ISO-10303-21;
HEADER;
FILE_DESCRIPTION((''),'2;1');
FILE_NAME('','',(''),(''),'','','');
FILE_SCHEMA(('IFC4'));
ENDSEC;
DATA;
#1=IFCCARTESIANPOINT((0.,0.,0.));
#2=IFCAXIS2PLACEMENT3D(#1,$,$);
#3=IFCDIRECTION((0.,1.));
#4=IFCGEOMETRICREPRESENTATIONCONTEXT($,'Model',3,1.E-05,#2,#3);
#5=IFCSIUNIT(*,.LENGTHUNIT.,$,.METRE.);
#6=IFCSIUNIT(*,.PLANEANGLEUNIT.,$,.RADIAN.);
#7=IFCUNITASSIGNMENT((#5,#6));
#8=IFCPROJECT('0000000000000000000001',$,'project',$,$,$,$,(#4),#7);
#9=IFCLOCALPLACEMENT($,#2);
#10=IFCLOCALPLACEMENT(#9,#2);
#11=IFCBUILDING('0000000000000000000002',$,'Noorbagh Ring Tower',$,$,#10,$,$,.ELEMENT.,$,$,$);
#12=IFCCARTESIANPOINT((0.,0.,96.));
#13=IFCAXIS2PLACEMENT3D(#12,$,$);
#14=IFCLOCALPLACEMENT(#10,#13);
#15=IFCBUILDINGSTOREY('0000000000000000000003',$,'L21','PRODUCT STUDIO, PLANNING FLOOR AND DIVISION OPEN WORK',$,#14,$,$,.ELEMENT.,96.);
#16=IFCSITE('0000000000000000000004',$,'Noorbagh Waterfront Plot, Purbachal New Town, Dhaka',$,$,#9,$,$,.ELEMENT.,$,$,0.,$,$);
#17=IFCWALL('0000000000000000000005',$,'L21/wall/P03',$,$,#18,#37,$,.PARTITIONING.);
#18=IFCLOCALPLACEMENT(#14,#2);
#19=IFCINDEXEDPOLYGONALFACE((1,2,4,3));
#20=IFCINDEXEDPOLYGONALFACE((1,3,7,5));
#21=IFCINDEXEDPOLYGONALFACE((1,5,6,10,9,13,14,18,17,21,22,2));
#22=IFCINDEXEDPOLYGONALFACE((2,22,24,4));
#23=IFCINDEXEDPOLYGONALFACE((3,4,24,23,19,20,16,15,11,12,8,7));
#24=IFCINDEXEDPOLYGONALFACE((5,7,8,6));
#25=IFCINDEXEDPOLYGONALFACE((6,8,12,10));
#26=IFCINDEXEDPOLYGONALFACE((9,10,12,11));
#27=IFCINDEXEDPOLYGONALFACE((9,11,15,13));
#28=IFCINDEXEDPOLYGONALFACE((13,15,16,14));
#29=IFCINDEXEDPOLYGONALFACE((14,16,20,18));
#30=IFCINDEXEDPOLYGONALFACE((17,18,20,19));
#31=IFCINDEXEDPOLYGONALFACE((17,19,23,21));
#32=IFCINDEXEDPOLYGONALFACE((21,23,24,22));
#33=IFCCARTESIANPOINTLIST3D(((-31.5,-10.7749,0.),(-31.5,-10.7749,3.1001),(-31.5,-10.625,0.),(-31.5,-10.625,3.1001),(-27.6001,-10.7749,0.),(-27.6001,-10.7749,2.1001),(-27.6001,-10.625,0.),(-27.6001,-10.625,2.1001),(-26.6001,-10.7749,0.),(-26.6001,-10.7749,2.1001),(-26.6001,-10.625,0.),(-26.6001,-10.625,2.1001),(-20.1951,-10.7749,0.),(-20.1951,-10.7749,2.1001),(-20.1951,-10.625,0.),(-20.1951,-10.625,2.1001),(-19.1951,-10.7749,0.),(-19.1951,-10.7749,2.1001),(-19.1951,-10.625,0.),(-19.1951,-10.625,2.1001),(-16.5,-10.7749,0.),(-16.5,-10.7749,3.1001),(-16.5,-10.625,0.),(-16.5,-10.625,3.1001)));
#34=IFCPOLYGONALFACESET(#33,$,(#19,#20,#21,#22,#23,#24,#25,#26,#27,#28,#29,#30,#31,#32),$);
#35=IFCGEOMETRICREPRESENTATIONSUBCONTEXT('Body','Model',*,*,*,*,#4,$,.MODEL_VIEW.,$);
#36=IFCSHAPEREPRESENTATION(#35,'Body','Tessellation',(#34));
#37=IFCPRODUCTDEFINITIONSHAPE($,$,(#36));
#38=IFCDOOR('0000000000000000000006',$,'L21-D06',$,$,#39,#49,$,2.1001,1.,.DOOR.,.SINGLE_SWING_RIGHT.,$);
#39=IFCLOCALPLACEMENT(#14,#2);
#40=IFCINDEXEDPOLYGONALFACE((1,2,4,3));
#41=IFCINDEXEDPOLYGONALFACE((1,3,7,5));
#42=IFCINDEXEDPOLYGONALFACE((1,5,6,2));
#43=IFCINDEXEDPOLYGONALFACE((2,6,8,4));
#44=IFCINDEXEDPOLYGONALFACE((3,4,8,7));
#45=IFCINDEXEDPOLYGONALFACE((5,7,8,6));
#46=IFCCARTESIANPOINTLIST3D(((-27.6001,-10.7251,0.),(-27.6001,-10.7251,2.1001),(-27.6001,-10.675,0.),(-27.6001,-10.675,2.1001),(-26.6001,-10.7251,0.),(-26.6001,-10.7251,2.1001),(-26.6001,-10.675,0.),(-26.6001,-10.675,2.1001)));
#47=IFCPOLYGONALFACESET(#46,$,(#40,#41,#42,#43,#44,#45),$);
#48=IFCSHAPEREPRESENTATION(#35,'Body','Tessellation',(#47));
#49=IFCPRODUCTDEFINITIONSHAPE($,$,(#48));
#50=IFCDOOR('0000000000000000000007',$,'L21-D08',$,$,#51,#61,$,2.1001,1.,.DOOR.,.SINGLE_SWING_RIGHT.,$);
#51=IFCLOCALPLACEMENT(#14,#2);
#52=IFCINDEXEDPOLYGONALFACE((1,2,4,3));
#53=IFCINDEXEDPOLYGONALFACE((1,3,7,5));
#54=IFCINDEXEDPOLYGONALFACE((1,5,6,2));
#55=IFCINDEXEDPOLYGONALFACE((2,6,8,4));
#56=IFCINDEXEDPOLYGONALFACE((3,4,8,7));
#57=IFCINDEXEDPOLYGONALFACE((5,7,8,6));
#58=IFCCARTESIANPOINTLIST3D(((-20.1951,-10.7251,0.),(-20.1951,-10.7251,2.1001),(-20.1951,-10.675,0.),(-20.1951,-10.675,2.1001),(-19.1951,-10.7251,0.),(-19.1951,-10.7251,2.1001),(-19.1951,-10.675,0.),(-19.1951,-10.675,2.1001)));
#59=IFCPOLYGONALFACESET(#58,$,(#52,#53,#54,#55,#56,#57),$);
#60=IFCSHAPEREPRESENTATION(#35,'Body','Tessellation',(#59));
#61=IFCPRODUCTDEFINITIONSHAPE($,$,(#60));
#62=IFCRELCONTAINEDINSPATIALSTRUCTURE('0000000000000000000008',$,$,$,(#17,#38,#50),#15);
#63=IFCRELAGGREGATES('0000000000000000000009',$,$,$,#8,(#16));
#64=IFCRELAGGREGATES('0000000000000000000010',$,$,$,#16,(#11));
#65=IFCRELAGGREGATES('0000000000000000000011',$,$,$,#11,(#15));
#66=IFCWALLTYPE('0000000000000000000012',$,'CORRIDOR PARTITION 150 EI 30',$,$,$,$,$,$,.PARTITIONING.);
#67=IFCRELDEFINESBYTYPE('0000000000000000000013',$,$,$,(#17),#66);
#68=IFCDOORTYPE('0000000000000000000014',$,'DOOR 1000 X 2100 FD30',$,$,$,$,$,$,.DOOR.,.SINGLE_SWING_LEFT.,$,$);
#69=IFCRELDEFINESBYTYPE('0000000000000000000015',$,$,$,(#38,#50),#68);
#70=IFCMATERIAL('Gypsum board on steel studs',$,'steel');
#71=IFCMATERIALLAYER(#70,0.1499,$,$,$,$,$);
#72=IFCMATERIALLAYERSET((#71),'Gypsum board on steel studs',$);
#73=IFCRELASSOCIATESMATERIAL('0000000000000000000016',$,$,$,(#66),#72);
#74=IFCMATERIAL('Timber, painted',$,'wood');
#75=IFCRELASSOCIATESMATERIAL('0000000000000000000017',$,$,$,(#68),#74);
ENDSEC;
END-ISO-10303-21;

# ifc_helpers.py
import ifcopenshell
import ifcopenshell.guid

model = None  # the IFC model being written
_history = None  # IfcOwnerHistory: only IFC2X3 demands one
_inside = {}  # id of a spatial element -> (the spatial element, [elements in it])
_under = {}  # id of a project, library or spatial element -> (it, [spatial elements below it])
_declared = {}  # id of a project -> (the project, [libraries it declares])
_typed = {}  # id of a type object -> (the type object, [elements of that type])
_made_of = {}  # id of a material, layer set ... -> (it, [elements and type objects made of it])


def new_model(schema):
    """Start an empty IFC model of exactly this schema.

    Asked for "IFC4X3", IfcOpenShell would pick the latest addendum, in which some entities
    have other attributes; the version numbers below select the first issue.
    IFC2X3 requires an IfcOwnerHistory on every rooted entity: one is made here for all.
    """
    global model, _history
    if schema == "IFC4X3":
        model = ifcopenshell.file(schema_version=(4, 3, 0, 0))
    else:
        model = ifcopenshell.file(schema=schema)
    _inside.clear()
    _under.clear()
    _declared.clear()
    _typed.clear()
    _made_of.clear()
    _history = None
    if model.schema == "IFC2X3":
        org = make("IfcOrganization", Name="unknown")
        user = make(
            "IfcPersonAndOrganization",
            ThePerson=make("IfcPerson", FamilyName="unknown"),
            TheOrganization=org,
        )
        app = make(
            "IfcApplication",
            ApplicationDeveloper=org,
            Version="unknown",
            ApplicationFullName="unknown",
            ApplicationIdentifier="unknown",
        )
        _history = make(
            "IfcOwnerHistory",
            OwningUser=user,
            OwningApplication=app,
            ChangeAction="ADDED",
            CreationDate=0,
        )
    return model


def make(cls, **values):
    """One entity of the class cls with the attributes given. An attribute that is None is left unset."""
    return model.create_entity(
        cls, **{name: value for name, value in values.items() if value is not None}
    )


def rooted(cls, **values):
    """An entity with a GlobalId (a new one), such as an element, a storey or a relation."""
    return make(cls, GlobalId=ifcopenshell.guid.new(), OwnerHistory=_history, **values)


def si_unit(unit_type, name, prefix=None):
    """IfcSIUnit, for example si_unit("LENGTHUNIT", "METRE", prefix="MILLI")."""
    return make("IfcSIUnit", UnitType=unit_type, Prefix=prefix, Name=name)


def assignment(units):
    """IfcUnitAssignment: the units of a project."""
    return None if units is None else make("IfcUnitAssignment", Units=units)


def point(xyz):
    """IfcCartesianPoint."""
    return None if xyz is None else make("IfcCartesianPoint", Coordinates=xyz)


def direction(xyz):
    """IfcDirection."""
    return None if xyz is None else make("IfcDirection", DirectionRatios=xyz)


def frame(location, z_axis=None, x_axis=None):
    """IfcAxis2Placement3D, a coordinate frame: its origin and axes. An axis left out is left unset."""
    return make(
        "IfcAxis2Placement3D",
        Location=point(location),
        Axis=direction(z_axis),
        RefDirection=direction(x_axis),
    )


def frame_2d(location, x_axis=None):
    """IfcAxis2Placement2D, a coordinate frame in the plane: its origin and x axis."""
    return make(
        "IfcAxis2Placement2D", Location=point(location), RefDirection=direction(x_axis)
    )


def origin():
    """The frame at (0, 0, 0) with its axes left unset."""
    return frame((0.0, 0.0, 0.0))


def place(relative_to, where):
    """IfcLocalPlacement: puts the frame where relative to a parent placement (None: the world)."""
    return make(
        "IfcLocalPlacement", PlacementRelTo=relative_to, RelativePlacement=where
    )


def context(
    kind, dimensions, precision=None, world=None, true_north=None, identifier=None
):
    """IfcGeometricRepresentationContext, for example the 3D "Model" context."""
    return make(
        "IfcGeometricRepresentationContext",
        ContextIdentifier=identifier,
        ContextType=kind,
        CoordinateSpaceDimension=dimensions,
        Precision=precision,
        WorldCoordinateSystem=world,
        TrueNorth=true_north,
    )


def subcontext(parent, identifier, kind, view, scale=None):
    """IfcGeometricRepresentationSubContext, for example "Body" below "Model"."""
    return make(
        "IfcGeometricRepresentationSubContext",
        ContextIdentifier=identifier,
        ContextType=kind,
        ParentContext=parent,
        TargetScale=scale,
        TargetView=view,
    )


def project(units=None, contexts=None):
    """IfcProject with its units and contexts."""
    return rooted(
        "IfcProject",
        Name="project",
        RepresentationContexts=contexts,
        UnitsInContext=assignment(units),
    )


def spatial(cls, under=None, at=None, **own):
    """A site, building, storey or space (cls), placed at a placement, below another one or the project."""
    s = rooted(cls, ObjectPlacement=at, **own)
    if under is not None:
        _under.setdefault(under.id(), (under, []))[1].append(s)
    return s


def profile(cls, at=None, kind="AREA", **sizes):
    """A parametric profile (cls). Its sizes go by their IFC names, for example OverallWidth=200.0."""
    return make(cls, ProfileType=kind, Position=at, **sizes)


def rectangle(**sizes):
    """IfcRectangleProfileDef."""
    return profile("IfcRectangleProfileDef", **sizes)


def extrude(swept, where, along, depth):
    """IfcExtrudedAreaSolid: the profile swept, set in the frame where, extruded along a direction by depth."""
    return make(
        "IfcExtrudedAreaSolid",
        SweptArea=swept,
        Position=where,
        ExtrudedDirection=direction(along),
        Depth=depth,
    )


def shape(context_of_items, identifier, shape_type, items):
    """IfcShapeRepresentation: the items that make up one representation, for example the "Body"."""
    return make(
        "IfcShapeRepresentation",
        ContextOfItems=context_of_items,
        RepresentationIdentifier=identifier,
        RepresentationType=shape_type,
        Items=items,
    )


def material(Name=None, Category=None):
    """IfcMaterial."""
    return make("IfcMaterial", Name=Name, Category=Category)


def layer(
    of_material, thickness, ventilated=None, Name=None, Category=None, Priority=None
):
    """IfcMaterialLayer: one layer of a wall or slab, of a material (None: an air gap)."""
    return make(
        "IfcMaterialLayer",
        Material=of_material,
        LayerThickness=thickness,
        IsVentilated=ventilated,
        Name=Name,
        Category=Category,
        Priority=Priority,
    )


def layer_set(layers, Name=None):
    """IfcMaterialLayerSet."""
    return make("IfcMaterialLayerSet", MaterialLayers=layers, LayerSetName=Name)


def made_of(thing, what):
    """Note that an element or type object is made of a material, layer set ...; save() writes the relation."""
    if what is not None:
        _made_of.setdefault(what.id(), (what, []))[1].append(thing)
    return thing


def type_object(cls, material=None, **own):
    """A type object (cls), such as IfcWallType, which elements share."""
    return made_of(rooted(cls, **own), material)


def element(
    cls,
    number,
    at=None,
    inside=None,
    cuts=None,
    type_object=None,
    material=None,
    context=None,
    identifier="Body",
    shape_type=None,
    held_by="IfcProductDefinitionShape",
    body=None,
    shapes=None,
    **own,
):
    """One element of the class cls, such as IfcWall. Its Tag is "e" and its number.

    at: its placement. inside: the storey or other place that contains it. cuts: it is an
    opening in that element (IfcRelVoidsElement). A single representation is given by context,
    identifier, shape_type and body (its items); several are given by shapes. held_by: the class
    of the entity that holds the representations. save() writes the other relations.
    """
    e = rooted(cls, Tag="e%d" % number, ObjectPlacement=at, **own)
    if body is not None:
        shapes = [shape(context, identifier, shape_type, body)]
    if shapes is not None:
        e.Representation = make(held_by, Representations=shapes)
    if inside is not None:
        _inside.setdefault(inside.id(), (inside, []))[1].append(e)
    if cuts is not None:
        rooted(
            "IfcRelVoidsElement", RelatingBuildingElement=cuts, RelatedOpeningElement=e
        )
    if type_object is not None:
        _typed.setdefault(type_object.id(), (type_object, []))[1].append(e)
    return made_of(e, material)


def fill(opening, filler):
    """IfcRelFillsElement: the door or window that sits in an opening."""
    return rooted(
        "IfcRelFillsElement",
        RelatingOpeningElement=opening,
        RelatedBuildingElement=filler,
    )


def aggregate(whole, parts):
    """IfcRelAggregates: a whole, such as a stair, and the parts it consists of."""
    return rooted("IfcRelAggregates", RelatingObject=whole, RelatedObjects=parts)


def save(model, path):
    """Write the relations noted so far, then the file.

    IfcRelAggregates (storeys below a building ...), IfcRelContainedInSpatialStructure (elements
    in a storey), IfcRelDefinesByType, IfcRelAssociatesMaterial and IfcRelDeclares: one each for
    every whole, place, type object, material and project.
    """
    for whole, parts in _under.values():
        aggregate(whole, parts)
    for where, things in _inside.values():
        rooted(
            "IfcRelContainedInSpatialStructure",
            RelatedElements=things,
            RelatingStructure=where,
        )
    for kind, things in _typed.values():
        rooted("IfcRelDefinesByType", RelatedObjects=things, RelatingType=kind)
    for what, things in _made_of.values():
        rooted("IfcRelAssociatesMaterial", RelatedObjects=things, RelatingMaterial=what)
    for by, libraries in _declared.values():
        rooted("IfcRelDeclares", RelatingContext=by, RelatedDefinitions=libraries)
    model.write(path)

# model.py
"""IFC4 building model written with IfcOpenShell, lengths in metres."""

from ifc_helpers import new_model, si_unit, direction, frame, frame_2d, origin, place, context, subcontext, project, spatial, rectangle, extrude, material, layer, layer_set, type_object, element, fill, save


model = new_model("IFC4")

# Units and contexts
model_context = context("Model", 3, precision=1e-05, world=origin(), true_north=direction((0.0, 1.0)))
body_context = subcontext(model_context, "Body", "Model", "MODEL_VIEW")
ifc_project = project(units=[si_unit("LENGTHUNIT", "METRE"), si_unit("PLANEANGLEUNIT", "RADIAN")], contexts=[model_context])

# Site, building, storey
site_placement = place(None, origin())
site = spatial("IfcSite", under=ifc_project, at=site_placement, Name="Noorbagh Waterfront Plot, Purbachal New Town, Dhaka", CompositionType="ELEMENT", RefElevation=0.0)
building_placement = place(site_placement, origin())
building = spatial("IfcBuilding", under=site, at=building_placement, Name="Noorbagh Ring Tower", CompositionType="ELEMENT")
storey_placement = place(building_placement, frame((0.0, 0.0, 96.0)))
storey = spatial("IfcBuildingStorey", under=building, at=storey_placement, Name="L21", Description="PRODUCT STUDIO, PLANNING FLOOR AND DIVISION OPEN WORK", CompositionType="ELEMENT", Elevation=96.0)

# Shared definitions
ifc_material_1 = material(Name="Gypsum board on steel studs", Category="steel")
ifc_layer_1 = layer(ifc_material_1, 0.1499)
ifc_layer_set_1 = layer_set([ifc_layer_1], Name="Gypsum board on steel studs")
wall_type_1 = type_object("IfcWallType", Name="CORRIDOR PARTITION 150 EI 30", PredefinedType="PARTITIONING", material=ifc_layer_set_1)

# Wall, openings, doors
wall_1_placement = place(storey_placement, frame((-31.5, -10.7, 0.0), z_axis=(0.0, 0.0, 1.0), x_axis=(1.0, 0.0, 0.0)))
wall_1 = element("IfcWall", 1, at=wall_1_placement, inside=storey, type_object=wall_type_1, Name="L21/wall/P03", PredefinedType="PARTITIONING", context=body_context, shape_type="SweptSolid", body=[
    extrude(rectangle(XDim=15.0, YDim=0.1499, at=frame_2d((7.5, 0.0))), origin(), (0.0, 0.0, 1.0), 3.1001),
])
opening_1_placement = place(wall_1_placement, frame((3.8999, 0.0, 0.0)))
opening_1 = element("IfcOpeningElement", 2, at=opening_1_placement, cuts=wall_1, PredefinedType="OPENING", context=body_context, shape_type="SweptSolid", body=[
    extrude(rectangle(XDim=1.0, YDim=2.1001, at=frame_2d((0.5, 1.05))), frame((0.0, 0.085, 0.0), z_axis=(0.0, -1.0, 0.0), x_axis=(1.0, 0.0, 0.0)), (0.0, 0.0, 1.0), 0.1699),
])
opening_2_placement = place(wall_1_placement, frame((11.3049, 0.0, 0.0)))
opening_2 = element("IfcOpeningElement", 3, at=opening_2_placement, cuts=wall_1, PredefinedType="OPENING", context=body_context, shape_type="SweptSolid", body=[
    extrude(rectangle(XDim=1.0, YDim=2.1001, at=frame_2d((0.5, 1.05))), frame((0.0, 0.085, 0.0), z_axis=(0.0, -1.0, 0.0), x_axis=(1.0, 0.0, 0.0)), (0.0, 0.0, 1.0), 0.1699),
])
ifc_material_2 = material(Name="Timber, painted", Category="wood")
door_type = type_object("IfcDoorType", Name="DOOR 1000 X 2100 FD30", OperationType="SINGLE_SWING_LEFT", PredefinedType="DOOR", material=ifc_material_2)
door_1_placement = place(opening_1_placement, origin())
door_1 = element("IfcDoor", 4, at=door_1_placement, inside=storey, type_object=door_type, Name="L21-D06", OperationType="SINGLE_SWING_RIGHT", OverallHeight=2.1001, OverallWidth=1.0, PredefinedType="DOOR", context=body_context, shape_type="SweptSolid", body=[
    extrude(rectangle(XDim=1.0, YDim=2.1001, at=frame_2d((0.5, 1.05))), frame((0.0, 0.0249, 0.0), z_axis=(0.0, -1.0, 0.0), x_axis=(1.0, 0.0, 0.0)), (0.0, 0.0, 1.0), 0.05),
])
fill(opening_1, door_1)
door_2_placement = place(opening_2_placement, origin())
door_2 = element("IfcDoor", 5, at=door_2_placement, inside=storey, type_object=door_type, Name="L21-D08", OperationType="SINGLE_SWING_RIGHT", OverallHeight=2.1001, OverallWidth=1.0, PredefinedType="DOOR", context=body_context, shape_type="SweptSolid", body=[
    extrude(rectangle(XDim=1.0, YDim=2.1001, at=frame_2d((0.5, 1.05))), frame((0.0, 0.0249, 0.0), z_axis=(0.0, -1.0, 0.0), x_axis=(1.0, 0.0, 0.0)), (0.0, 0.0, 1.0), 0.05),
])
fill(opening_2, door_2)

save(model, "model.ifc")
